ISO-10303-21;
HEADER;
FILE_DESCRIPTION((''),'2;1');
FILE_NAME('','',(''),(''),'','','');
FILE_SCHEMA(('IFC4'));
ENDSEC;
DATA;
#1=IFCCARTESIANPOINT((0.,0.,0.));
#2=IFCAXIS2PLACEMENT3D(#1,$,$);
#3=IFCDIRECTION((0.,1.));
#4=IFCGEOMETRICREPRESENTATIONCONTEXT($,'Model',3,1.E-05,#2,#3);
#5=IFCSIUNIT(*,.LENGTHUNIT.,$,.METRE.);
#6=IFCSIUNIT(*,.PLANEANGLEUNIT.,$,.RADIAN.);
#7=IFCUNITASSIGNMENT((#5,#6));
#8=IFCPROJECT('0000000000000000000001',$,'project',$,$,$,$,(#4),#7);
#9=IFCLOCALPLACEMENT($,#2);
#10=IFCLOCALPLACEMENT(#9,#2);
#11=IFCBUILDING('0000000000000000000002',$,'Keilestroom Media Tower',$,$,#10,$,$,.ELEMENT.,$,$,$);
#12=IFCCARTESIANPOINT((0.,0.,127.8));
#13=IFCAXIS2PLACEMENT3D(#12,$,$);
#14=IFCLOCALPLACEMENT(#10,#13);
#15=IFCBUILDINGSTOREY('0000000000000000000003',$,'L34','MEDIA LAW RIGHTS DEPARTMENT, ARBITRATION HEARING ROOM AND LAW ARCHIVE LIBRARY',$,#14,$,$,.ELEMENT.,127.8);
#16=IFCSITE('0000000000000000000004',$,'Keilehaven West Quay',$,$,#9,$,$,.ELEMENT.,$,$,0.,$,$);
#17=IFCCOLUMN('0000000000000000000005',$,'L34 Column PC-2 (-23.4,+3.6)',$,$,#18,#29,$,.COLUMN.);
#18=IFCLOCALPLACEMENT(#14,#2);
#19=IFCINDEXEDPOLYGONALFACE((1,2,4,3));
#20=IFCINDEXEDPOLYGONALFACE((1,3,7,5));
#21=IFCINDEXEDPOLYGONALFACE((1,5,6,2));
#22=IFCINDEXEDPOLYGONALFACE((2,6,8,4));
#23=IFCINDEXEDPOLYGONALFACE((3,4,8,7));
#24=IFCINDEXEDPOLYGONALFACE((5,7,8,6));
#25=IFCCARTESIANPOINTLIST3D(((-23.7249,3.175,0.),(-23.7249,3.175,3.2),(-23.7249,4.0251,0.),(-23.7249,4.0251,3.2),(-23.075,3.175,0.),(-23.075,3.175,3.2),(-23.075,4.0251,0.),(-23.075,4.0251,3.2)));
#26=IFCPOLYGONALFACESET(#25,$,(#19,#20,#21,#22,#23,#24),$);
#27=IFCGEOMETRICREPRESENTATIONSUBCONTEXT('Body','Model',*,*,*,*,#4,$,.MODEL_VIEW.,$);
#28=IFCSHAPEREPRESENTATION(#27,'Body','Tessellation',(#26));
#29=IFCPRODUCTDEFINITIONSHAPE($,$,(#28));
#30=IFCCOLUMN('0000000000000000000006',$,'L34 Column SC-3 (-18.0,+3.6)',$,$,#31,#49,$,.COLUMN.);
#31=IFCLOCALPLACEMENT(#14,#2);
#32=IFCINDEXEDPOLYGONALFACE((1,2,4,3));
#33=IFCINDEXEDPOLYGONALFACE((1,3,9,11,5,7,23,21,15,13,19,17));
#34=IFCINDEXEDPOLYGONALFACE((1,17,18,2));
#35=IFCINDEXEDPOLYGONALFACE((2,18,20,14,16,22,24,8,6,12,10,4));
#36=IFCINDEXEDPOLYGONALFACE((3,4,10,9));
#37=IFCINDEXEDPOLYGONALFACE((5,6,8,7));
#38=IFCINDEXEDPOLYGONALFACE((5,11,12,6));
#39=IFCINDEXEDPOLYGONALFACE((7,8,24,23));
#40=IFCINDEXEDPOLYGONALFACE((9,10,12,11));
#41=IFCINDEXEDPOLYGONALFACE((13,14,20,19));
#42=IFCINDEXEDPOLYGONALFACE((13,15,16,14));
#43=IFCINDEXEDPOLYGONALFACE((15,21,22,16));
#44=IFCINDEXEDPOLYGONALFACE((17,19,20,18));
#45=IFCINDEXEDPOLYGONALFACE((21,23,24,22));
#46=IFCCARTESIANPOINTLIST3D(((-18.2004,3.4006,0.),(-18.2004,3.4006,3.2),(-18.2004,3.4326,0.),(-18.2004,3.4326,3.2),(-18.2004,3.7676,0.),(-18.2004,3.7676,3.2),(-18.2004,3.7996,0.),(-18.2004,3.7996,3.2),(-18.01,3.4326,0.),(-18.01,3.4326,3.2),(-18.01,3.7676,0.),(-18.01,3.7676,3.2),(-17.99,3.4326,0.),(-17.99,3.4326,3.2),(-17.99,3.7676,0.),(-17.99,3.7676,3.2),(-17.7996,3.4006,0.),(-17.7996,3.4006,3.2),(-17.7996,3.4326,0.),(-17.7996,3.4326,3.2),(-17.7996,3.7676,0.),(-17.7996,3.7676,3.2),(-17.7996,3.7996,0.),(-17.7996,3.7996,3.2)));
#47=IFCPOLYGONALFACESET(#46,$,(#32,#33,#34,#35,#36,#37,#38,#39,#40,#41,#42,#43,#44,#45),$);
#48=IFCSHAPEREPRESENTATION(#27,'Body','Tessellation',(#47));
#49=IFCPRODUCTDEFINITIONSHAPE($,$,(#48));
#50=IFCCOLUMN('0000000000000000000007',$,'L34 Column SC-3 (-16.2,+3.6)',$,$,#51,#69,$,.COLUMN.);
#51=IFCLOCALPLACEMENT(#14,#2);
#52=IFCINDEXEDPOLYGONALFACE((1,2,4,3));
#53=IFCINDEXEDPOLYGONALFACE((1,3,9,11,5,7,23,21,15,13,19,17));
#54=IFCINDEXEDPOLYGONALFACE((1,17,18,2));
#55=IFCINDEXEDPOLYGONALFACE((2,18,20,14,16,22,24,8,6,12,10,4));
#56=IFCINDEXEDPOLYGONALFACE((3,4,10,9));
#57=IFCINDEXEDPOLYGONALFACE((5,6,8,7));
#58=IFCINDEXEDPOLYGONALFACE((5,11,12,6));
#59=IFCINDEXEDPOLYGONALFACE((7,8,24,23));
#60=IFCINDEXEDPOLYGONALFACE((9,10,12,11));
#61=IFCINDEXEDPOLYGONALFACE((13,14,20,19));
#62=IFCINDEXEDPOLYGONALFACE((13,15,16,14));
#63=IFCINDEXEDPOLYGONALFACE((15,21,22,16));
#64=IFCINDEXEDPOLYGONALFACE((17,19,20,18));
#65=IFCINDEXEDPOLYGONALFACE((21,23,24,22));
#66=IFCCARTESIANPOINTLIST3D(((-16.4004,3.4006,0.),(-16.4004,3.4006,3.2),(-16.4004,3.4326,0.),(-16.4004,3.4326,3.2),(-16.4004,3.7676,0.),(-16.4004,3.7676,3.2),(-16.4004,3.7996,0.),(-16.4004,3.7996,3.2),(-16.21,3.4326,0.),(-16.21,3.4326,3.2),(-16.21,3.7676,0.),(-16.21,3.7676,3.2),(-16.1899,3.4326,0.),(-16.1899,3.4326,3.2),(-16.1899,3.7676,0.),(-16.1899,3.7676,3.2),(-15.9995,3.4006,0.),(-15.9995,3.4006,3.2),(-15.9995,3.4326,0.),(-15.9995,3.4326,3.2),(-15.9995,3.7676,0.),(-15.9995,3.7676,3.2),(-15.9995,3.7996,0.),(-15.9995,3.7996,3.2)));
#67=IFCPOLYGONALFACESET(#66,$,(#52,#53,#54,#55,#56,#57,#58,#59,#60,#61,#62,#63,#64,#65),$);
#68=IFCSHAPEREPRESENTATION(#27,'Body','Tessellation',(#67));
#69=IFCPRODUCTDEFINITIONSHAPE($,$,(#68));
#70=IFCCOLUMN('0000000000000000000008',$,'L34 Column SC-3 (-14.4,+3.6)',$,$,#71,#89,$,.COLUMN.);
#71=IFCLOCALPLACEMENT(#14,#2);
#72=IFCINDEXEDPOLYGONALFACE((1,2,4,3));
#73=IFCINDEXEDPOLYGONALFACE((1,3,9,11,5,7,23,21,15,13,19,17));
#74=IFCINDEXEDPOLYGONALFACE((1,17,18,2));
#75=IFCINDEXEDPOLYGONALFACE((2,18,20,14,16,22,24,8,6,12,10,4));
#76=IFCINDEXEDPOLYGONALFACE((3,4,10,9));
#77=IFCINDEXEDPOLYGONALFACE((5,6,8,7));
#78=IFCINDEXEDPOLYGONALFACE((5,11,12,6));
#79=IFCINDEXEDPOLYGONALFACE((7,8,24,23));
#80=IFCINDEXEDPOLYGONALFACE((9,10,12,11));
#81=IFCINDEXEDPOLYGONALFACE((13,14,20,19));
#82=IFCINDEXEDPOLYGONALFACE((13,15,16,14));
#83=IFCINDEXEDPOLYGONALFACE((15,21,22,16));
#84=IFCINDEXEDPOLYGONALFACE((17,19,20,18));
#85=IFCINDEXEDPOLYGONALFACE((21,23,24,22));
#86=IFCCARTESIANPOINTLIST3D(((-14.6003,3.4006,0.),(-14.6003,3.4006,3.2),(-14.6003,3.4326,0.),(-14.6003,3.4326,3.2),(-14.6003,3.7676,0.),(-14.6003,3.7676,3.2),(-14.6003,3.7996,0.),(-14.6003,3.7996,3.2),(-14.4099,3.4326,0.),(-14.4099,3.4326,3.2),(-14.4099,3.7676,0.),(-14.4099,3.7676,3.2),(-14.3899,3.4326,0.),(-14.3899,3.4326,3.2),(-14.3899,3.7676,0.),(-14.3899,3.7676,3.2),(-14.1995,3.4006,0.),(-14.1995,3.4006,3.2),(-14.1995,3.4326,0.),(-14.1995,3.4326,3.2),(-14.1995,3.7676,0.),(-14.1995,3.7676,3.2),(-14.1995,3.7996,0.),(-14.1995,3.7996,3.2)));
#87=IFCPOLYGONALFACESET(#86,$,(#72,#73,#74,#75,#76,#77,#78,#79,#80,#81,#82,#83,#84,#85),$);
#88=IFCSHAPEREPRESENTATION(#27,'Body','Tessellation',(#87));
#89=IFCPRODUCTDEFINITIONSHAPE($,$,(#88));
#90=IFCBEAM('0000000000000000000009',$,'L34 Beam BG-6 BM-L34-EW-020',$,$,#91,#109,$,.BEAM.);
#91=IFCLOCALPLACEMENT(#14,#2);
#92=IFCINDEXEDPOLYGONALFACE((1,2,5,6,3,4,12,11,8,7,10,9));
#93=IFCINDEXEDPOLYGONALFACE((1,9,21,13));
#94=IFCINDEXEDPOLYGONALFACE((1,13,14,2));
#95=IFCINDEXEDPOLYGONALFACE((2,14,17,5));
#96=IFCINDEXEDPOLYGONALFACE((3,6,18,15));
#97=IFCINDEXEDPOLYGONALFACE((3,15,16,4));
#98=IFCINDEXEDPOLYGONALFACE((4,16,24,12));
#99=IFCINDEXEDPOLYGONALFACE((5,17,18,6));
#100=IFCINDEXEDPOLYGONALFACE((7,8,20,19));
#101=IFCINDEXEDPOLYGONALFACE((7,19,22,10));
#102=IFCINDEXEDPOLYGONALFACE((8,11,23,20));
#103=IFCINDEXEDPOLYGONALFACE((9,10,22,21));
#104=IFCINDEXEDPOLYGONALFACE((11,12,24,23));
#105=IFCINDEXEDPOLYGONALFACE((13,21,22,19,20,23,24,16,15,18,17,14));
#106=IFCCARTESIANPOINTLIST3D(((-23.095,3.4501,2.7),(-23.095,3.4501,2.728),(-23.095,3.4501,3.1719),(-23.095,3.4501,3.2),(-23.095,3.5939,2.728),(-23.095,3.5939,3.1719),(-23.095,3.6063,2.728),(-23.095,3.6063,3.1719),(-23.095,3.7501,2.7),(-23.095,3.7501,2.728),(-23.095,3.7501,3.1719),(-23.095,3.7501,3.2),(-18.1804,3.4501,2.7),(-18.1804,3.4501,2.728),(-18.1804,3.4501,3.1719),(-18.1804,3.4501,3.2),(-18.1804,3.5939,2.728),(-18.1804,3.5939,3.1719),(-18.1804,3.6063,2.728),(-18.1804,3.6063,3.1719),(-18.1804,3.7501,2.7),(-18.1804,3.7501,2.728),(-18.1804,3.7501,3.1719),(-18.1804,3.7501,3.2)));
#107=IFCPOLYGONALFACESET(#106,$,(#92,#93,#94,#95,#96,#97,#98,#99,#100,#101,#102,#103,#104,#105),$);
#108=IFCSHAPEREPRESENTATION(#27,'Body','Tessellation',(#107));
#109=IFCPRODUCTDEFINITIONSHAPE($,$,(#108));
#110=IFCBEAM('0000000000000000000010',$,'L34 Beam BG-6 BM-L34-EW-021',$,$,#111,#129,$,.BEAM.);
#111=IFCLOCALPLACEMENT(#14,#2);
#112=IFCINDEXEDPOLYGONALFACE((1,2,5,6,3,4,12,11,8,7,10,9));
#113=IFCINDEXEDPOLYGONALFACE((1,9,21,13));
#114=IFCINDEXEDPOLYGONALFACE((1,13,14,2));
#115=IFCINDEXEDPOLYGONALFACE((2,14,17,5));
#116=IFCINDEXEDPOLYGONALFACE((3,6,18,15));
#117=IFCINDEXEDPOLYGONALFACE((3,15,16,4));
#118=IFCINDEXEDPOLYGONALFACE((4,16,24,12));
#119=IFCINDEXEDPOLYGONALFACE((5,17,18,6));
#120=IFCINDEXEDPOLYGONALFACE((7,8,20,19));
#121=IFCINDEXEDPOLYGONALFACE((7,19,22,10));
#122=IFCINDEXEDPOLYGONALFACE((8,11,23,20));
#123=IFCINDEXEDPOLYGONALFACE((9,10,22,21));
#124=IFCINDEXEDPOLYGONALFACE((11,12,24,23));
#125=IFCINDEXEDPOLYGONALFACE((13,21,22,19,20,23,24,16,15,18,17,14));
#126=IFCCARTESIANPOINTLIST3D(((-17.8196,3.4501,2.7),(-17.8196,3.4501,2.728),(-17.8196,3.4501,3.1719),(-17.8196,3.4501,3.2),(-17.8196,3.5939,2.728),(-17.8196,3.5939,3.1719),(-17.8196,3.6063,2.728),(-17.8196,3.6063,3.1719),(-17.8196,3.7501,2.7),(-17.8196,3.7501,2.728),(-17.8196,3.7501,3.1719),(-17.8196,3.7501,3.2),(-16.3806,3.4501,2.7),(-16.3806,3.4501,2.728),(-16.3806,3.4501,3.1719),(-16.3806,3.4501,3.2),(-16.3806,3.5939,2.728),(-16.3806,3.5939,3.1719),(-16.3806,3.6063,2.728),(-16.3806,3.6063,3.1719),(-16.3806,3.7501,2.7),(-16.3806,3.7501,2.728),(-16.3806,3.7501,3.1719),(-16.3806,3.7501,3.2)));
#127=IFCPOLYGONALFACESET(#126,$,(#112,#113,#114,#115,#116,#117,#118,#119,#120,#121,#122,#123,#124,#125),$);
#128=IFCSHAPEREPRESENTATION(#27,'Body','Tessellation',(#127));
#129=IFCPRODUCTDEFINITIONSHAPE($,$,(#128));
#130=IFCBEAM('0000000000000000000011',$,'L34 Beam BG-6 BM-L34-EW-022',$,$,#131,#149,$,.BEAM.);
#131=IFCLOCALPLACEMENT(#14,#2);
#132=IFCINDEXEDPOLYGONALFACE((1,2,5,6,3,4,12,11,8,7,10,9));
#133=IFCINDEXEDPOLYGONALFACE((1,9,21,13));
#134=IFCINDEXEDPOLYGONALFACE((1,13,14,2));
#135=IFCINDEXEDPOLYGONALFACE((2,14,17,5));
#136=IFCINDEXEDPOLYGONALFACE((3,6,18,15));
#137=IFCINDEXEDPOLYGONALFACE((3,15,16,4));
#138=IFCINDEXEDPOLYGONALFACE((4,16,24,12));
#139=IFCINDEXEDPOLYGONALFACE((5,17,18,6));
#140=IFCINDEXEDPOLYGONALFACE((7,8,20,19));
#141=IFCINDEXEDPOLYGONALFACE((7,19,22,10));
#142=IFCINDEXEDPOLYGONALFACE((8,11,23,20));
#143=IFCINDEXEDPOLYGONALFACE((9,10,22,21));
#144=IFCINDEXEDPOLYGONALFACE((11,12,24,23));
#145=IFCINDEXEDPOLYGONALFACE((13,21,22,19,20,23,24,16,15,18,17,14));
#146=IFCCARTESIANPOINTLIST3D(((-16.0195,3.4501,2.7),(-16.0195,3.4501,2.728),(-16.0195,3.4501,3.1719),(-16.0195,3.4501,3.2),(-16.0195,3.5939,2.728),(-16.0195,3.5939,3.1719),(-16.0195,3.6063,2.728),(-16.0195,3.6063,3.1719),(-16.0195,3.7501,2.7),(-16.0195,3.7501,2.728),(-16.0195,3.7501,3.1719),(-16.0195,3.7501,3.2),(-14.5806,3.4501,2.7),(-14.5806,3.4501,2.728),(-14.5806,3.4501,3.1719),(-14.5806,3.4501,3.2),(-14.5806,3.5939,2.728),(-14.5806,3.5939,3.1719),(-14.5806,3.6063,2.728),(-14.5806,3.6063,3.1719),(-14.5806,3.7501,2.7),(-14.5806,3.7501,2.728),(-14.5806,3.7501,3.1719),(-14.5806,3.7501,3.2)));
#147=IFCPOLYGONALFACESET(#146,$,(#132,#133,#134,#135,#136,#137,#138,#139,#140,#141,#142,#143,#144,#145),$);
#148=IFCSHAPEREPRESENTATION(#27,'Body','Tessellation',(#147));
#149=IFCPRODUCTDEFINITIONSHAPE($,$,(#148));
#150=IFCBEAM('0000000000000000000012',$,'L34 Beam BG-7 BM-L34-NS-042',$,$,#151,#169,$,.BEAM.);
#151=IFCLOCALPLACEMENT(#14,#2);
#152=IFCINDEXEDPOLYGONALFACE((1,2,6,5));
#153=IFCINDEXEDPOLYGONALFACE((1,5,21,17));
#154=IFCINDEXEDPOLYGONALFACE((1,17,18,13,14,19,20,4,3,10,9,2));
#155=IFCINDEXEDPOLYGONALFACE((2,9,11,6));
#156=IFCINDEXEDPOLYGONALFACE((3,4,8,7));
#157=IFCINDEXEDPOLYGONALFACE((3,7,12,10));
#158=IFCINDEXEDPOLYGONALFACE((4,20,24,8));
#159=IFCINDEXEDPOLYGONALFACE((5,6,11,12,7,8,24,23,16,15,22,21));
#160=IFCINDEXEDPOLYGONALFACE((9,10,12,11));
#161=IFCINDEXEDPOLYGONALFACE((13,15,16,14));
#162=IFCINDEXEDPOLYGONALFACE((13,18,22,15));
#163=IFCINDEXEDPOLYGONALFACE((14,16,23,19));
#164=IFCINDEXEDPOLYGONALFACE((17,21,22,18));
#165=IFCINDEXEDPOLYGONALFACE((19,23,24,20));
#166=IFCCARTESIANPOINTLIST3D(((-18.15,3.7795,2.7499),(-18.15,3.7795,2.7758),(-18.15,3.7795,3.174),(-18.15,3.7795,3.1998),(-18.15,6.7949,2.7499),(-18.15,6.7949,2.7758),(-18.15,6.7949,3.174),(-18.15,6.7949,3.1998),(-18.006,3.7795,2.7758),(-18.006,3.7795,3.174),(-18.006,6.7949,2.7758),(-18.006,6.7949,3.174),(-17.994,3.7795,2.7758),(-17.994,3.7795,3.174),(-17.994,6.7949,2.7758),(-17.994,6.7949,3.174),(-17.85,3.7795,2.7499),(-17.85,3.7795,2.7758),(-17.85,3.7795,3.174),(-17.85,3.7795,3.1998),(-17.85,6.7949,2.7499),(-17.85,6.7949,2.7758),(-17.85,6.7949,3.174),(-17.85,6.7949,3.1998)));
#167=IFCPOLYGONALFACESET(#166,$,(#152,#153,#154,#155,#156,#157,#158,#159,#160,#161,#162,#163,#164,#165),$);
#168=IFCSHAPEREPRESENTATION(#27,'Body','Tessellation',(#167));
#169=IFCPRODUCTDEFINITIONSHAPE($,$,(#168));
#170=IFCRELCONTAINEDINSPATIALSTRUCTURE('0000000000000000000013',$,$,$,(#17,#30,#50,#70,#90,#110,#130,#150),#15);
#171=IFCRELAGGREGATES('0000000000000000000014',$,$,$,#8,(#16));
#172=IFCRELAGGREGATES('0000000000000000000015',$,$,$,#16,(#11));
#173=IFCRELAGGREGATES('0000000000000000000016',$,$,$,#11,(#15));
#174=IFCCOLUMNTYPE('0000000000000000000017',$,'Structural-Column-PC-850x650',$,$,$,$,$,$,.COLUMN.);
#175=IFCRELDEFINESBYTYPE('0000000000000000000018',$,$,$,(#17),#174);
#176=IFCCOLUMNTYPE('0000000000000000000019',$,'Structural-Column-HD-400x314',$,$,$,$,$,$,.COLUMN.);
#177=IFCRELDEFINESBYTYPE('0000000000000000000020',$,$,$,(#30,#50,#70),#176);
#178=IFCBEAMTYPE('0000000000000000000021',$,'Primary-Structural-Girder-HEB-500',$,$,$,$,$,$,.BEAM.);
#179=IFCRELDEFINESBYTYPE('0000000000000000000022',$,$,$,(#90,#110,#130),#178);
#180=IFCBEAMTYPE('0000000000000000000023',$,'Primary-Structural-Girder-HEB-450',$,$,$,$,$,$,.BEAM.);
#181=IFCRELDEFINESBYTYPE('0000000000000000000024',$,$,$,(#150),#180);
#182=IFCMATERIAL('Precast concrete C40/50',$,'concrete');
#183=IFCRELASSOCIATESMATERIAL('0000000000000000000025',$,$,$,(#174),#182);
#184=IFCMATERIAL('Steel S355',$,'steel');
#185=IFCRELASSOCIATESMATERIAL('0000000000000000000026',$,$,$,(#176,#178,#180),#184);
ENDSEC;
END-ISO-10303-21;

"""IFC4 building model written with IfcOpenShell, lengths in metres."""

from ifc_helpers import new_model, si_unit, direction, frame, origin, origin_2d, place, context, subcontext, project, spatial, rectangle, i_section, extrude, source, transform, mapped, material, material_profile, profile_set, type_object, element, save


model = new_model("IFC4")

# Units and contexts
model_context = context("Model", 3, precision=1e-05, world=origin(), true_north=direction((0.0, 1.0)))
body_context = subcontext(model_context, "Body", "Model", "MODEL_VIEW")
ifc_project = project(units=[si_unit("LENGTHUNIT", "METRE"), si_unit("PLANEANGLEUNIT", "RADIAN")], contexts=[model_context])

# Site, building, storey
site_placement = place(None, origin())
site = spatial("IfcSite", under=ifc_project, at=site_placement, Name="Keilehaven West Quay", CompositionType="ELEMENT", RefElevation=0.0)
building_placement = place(site_placement, origin())
building = spatial("IfcBuilding", under=site, at=building_placement, Name="Keilestroom Media Tower", CompositionType="ELEMENT")
storey_placement = place(building_placement, frame((0.0, 0.0, 127.8)))
storey = spatial("IfcBuildingStorey", under=building, at=storey_placement, Name="L34", Description="MEDIA LAW RIGHTS DEPARTMENT, ARBITRATION HEARING ROOM AND LAW ARCHIVE LIBRARY", CompositionType="ELEMENT", Elevation=127.8)

# Columns
ifc_material_1 = material(Name="Precast concrete C40/50", Category="concrete")
ifc_material_profile_1 = material_profile(ifc_material_1, rectangle(XDim=0.6499, YDim=0.8501, at=origin_2d()), Name="PC 850x650")
ifc_profile_set_1 = profile_set([ifc_material_profile_1], Name="Precast concrete C40/50")
column_type_1 = type_object("IfcColumnType", Name="Structural-Column-PC-850x650", PredefinedType="COLUMN", material=ifc_profile_set_1)
shared_shape_1 = source(origin(), body_context, "Body", "SweptSolid", [
    extrude(rectangle(XDim=0.6499, YDim=0.8501, at=origin_2d()), origin(), (0.0, 0.0, 1.0), 3.2),
])
column_placement = place(storey_placement, frame((-23.3999, 3.6001, 0.0), z_axis=(0.0, 0.0, 1.0), x_axis=(1.0, 0.0, 0.0)))
element("IfcColumn", 1, at=column_placement, inside=storey, type_object=column_type_1, Name="L34 Column PC-2 (-23.4,+3.6)", PredefinedType="COLUMN", context=body_context, shape_type="MappedRepresentation", body=[
    mapped(shared_shape_1, transform((0.0, 0.0, 0.0), x_axis=(1.0, 0.0, 0.0), y_axis=(0.0, 1.0, 0.0), z_axis=(0.0, 0.0, 1.0), scale=1.0)),
])
ifc_material_2 = material(Name="Steel S355", Category="steel")
ifc_material_profile_2 = material_profile(ifc_material_2, i_section(OverallWidth=0.4009, OverallDepth=0.3989, WebThickness=0.02, FlangeThickness=0.032, at=origin_2d()), Name="HD 400x314")
ifc_profile_set_2 = profile_set([ifc_material_profile_2], Name="Steel S355")
column_type_2 = type_object("IfcColumnType", Name="Structural-Column-HD-400x314", PredefinedType="COLUMN", material=ifc_profile_set_2)
shared_shape_2 = source(origin(), body_context, "Body", "SweptSolid", [
    extrude(i_section(OverallWidth=0.4009, OverallDepth=0.3989, WebThickness=0.02, FlangeThickness=0.032, at=origin_2d()), origin(), (0.0, 0.0, 1.0), 3.2),
])
for number, where, z_axis, x_axis, name in (
    (2, (-18.0, 3.6001, 0.0), (0.0, 0.0, 1.0), (1.0, 0.0, 0.0), "L34 Column SC-3 (-18.0,+3.6)"),
    (3, (-16.2, 3.6001, 0.0), (0.0, 0.0, 1.0), (1.0, 0.0, 0.0), "L34 Column SC-3 (-16.2,+3.6)"),
    (4, (-14.3999, 3.6001, 0.0), (0.0, 0.0, 1.0), (1.0, 0.0, 0.0), "L34 Column SC-3 (-14.4,+3.6)"),
):
    element("IfcColumn", number, at=place(storey_placement, frame(where, z_axis=z_axis, x_axis=x_axis)), inside=storey, type_object=column_type_2, Name=name, PredefinedType="COLUMN", context=body_context, shape_type="MappedRepresentation", body=[
        mapped(shared_shape_2, transform((0.0, 0.0, 0.0), x_axis=(1.0, 0.0, 0.0), y_axis=(0.0, 1.0, 0.0), z_axis=(0.0, 0.0, 1.0), scale=1.0)),
    ])

# Beams
ifc_material_profile_3 = material_profile(ifc_material_2, i_section(OverallWidth=0.3, OverallDepth=0.5, WebThickness=0.0125, FlangeThickness=0.0281, at=origin_2d()), Name="HEB 500")
ifc_profile_set_3 = profile_set([ifc_material_profile_3], Name="Steel S355")
beam_type_1 = type_object("IfcBeamType", Name="Primary-Structural-Girder-HEB-500", PredefinedType="BEAM", material=ifc_profile_set_3)
shared_shape_3 = source(origin(), body_context, "Body", "SweptSolid", [
    extrude(i_section(OverallWidth=0.3, OverallDepth=0.5, WebThickness=0.0125, FlangeThickness=0.0281, at=origin_2d()), origin(), (0.0, 0.0, 1.0), 4.9146),
])
beam_1_placement = place(storey_placement, frame((-23.095, 3.6001, 2.95), z_axis=(1.0, 0.0, 0.0), x_axis=(0.0, 1.0, 0.0)))
element("IfcBeam", 5, at=beam_1_placement, inside=storey, type_object=beam_type_1, Name="L34 Beam BG-6 BM-L34-EW-020", PredefinedType="BEAM", context=body_context, shape_type="MappedRepresentation", body=[
    mapped(shared_shape_3, transform((0.0, 0.0, 0.0), x_axis=(1.0, 0.0, 0.0), y_axis=(0.0, 1.0, 0.0), z_axis=(0.0, 0.0, 1.0), scale=1.0)),
])
shared_shape_4 = source(origin(), body_context, "Body", "SweptSolid", [
    extrude(i_section(OverallWidth=0.3, OverallDepth=0.5, WebThickness=0.0125, FlangeThickness=0.0281, at=origin_2d()), origin(), (0.0, 0.0, 1.0), 1.439),
])
for number, where, z_axis, x_axis, name in (
    (6, (-17.8196, 3.6001, 2.95), (1.0, 0.0, 0.0), (0.0, 1.0, 0.0), "L34 Beam BG-6 BM-L34-EW-021"),
    (7, (-16.0195, 3.6001, 2.95), (1.0, 0.0, 0.0), (0.0, 1.0, 0.0), "L34 Beam BG-6 BM-L34-EW-022"),
):
    element("IfcBeam", number, at=place(storey_placement, frame(where, z_axis=z_axis, x_axis=x_axis)), inside=storey, type_object=beam_type_1, Name=name, PredefinedType="BEAM", context=body_context, shape_type="MappedRepresentation", body=[
        mapped(shared_shape_4, transform((0.0, 0.0, 0.0), x_axis=(1.0, 0.0, 0.0), y_axis=(0.0, 1.0, 0.0), z_axis=(0.0, 0.0, 1.0), scale=1.0)),
    ])
ifc_material_profile_4 = material_profile(ifc_material_2, i_section(OverallWidth=0.3, OverallDepth=0.45, WebThickness=0.012, FlangeThickness=0.0259, at=origin_2d()), Name="HEB 450")
ifc_profile_set_4 = profile_set([ifc_material_profile_4], Name="Steel S355")
beam_type_2 = type_object("IfcBeamType", Name="Primary-Structural-Girder-HEB-450", PredefinedType="BEAM", material=ifc_profile_set_4)
shared_shape_5 = source(origin(), body_context, "Body", "SweptSolid", [
    extrude(i_section(OverallWidth=0.3, OverallDepth=0.45, WebThickness=0.012, FlangeThickness=0.0259, at=origin_2d()), origin(), (0.0, 0.0, 1.0), 3.0154),
])
beam_2_placement = place(storey_placement, frame((-18.0, 3.7795, 2.9749), z_axis=(0.0, 1.0, 0.0), x_axis=(-1.0, 0.0, 0.0)))
element("IfcBeam", 8, at=beam_2_placement, inside=storey, type_object=beam_type_2, Name="L34 Beam BG-7 BM-L34-NS-042", PredefinedType="BEAM", context=body_context, shape_type="MappedRepresentation", body=[
    mapped(shared_shape_5, transform((0.0, 0.0, 0.0), x_axis=(1.0, 0.0, 0.0), y_axis=(0.0, 1.0, 0.0), z_axis=(0.0, 0.0, 1.0), scale=1.0)),
])

save(model, "model.ifc")
